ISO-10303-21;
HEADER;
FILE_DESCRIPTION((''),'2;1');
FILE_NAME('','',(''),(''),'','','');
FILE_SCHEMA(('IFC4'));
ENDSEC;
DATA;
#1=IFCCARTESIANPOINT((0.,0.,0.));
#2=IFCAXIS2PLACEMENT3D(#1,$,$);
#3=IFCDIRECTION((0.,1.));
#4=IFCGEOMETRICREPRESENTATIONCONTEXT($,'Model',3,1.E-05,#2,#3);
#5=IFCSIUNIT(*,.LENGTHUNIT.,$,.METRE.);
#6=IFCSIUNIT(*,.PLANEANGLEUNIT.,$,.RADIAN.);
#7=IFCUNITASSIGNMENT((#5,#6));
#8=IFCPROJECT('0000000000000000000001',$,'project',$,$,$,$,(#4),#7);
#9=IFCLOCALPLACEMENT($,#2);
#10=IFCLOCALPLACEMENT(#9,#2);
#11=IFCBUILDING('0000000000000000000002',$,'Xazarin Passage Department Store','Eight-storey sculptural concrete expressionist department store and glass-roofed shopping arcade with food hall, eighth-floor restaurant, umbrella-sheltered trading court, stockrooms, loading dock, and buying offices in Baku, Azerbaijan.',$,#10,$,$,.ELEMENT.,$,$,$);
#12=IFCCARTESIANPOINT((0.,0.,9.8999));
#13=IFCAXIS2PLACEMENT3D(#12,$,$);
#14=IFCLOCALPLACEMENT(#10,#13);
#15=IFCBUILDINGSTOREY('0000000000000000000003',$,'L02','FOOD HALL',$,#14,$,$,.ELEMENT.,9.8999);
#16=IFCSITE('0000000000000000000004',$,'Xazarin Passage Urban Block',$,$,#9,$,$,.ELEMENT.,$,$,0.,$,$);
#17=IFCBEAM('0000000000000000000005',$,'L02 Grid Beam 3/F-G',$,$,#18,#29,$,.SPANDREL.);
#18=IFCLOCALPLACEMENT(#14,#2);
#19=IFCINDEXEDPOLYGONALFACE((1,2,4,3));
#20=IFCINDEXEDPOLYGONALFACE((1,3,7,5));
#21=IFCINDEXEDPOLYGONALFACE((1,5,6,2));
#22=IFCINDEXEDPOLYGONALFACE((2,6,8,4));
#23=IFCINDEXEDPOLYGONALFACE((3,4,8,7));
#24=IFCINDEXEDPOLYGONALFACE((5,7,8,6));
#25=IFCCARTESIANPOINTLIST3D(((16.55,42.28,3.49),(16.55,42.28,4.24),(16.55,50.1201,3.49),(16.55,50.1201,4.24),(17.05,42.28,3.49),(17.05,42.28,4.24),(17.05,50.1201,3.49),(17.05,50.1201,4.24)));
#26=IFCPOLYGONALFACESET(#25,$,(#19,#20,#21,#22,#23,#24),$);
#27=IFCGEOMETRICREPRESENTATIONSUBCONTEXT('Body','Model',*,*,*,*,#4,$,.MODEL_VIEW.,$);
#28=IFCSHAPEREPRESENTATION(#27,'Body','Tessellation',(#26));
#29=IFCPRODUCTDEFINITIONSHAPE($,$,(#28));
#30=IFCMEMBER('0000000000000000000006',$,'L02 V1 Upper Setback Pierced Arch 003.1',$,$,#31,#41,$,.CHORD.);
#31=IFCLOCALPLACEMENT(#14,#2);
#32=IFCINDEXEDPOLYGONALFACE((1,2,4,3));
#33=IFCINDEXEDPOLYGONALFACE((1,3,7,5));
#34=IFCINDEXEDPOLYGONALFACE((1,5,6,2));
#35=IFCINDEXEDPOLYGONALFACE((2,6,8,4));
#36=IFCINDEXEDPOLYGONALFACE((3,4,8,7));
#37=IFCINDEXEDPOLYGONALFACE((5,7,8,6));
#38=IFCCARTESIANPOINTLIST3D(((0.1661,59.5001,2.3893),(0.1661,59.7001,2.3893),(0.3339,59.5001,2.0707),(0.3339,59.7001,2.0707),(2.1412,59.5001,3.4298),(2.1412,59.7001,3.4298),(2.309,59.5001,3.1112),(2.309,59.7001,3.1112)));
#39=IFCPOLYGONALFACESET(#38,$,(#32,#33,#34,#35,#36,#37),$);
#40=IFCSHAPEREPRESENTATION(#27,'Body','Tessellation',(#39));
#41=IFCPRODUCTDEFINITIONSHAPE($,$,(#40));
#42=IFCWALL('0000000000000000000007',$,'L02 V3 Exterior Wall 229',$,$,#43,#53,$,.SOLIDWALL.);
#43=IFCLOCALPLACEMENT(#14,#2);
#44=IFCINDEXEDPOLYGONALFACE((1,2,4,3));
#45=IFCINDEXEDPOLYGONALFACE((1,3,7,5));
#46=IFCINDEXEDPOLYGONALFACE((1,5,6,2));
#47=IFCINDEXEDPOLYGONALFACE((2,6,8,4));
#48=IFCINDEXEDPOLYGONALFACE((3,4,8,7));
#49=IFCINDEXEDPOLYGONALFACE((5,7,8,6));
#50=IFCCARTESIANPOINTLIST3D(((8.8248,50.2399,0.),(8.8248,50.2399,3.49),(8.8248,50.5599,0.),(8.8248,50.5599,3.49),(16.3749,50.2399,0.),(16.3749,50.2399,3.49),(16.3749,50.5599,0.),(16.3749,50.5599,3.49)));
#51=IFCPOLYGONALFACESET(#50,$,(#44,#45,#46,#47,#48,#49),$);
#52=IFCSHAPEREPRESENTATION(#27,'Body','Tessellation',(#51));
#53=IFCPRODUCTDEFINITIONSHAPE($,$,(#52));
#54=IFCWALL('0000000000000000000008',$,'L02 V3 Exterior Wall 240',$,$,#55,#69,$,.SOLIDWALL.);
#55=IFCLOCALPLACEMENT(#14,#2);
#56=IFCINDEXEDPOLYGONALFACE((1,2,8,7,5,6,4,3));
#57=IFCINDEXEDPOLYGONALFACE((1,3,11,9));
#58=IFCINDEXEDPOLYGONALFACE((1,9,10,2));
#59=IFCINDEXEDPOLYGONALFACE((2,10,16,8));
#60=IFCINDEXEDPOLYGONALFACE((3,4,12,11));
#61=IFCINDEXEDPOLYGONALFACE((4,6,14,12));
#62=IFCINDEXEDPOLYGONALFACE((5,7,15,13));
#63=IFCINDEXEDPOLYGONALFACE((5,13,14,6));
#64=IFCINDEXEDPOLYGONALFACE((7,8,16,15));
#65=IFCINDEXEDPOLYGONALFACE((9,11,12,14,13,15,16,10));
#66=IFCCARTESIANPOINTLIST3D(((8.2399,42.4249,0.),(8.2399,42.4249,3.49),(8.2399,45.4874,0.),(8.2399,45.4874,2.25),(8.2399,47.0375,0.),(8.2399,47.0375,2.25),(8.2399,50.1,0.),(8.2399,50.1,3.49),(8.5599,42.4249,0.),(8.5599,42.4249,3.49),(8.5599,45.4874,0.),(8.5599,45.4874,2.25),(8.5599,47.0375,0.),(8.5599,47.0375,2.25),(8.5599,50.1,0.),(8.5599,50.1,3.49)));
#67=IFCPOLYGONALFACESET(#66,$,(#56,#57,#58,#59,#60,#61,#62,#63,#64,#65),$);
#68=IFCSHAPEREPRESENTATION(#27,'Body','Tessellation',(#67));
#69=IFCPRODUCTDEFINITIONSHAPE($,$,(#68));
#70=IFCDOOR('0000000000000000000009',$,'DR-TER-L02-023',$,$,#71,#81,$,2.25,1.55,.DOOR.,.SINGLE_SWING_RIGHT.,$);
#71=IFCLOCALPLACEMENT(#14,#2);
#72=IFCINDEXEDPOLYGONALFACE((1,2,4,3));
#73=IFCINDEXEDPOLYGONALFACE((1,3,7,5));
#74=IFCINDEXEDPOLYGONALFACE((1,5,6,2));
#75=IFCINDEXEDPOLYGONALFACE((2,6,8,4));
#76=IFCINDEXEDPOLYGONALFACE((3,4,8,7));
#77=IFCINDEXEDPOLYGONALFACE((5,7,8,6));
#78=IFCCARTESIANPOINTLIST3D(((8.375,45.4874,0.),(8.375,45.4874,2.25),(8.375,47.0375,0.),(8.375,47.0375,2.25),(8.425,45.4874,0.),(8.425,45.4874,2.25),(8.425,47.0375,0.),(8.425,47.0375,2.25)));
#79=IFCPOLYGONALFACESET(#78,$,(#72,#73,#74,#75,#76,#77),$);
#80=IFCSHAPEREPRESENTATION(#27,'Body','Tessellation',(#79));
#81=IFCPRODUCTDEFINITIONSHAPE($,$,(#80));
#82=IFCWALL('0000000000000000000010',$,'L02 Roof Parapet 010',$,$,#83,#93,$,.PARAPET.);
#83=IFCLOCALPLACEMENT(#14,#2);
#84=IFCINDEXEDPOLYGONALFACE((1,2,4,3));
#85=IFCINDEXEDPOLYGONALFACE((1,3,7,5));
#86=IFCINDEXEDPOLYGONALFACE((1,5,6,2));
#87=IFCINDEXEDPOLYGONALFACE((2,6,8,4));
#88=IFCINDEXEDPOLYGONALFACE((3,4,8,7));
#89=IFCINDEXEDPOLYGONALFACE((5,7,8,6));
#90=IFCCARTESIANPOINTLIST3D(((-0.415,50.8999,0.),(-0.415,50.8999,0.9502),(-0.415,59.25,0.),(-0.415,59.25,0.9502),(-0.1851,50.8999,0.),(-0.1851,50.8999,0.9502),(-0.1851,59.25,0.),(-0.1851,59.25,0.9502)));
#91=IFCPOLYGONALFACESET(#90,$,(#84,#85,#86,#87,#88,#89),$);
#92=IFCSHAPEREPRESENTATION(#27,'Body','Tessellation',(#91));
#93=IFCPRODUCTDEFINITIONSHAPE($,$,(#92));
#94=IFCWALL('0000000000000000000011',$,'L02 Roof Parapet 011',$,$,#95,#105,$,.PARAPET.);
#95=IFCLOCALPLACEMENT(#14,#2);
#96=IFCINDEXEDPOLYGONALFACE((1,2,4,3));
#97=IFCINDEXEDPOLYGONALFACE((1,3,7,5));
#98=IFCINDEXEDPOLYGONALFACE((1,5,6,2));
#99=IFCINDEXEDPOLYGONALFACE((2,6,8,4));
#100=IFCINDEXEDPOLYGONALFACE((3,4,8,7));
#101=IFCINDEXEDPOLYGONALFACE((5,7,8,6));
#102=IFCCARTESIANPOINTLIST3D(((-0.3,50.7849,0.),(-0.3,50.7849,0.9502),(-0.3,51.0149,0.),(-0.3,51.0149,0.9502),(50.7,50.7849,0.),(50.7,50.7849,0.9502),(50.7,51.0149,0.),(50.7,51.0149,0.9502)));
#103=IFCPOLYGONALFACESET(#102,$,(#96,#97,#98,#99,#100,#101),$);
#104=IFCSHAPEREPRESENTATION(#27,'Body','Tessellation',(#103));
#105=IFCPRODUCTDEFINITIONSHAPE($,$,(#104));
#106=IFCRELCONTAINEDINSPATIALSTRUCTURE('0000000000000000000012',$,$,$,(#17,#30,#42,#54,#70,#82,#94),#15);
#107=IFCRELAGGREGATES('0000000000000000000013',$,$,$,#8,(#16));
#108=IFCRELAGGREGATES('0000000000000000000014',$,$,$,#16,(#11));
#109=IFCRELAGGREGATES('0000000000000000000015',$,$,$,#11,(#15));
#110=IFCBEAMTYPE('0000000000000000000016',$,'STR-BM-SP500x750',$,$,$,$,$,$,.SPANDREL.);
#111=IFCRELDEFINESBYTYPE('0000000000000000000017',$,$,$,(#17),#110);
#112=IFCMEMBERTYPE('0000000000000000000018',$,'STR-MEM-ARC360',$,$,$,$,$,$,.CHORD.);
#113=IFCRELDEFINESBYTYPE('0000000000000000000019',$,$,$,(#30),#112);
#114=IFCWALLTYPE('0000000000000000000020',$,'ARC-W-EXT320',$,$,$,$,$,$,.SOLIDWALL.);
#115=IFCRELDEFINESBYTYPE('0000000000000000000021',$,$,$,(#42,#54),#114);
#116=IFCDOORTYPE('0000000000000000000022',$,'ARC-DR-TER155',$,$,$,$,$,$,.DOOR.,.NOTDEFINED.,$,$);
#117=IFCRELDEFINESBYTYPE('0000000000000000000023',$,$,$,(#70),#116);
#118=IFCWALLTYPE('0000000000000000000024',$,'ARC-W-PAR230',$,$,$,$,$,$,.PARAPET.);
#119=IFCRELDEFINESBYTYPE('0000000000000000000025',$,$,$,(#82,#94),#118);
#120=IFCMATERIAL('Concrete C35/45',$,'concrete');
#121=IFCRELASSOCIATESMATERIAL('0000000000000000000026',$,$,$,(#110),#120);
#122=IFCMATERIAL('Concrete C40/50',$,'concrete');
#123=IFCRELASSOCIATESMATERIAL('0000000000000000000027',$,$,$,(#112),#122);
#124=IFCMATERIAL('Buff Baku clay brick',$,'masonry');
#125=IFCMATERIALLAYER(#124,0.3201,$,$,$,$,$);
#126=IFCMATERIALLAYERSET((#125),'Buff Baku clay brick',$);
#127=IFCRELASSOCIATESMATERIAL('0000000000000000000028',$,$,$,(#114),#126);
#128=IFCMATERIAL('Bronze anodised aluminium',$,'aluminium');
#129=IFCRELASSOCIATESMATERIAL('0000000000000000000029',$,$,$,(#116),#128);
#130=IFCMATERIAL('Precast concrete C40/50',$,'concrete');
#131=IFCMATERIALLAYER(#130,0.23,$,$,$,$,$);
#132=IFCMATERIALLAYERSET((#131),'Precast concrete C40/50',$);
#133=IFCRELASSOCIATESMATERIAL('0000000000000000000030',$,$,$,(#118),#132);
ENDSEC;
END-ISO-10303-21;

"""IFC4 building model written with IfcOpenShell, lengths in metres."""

from ifc_helpers import new_model, si_unit, direction, frame, frame_2d, origin, origin_2d, place, context, subcontext, project, spatial, rectangle, extrude, material, layer, layer_set, material_profile, profile_set, type_object, element, fill, save


model = new_model("IFC4")

# Units and contexts
model_context = context("Model", 3, precision=1e-05, world=origin(), true_north=direction((0.0, 1.0)))
body_context = subcontext(model_context, "Body", "Model", "MODEL_VIEW")
ifc_project = project(units=[si_unit("LENGTHUNIT", "METRE"), si_unit("PLANEANGLEUNIT", "RADIAN")], contexts=[model_context])

# Site, building, storey
site_placement = place(None, origin())
site = spatial("IfcSite", under=ifc_project, at=site_placement, Name="Xazarin Passage Urban Block", CompositionType="ELEMENT", RefElevation=0.0)
building_placement = place(site_placement, origin())
building = spatial("IfcBuilding", under=site, at=building_placement, Name="Xazarin Passage Department Store", Description="Eight-storey sculptural concrete expressionist department store and glass-roofed shopping arcade with food hall, eighth-floor restaurant, umbrella-sheltered trading court, stockrooms, loading dock, and buying offices in Baku, Azerbaijan.", CompositionType="ELEMENT")
storey_placement = place(building_placement, frame((0.0, 0.0, 9.8999)))
storey = spatial("IfcBuildingStorey", under=building, at=storey_placement, Name="L02", Description="FOOD HALL", CompositionType="ELEMENT", Elevation=9.8999)

# Shared definitions
ifc_material_1 = material(Name="Concrete C40/50", Category="concrete")

# Shared definitions
ifc_material_2 = material(Name="Bronze anodised aluminium", Category="aluminium")

# Beam
ifc_material_3 = material(Name="Concrete C35/45", Category="concrete")
ifc_material_profile_1 = material_profile(ifc_material_3, rectangle(XDim=0.5, YDim=0.75, at=origin_2d()), Name="RC 500x750")
ifc_profile_set_1 = profile_set([ifc_material_profile_1], Name="Concrete C35/45")
beam_type = type_object("IfcBeamType", Name="STR-BM-SP500x750", PredefinedType="SPANDREL", material=ifc_profile_set_1)
for number, where, z_axis, x_axis, name in (
    (1, (16.8, 42.28, 3.865), (0.0, 1.0, 0.0), (-1.0, 0.0, 0.0), "L02 Grid Beam 3/F-G"),
):
    element("IfcBeam", number, at=place(storey_placement, frame(where, z_axis=z_axis, x_axis=x_axis)), inside=storey, type_object=beam_type, Name=name, PredefinedType="SPANDREL", context=body_context, shape_type="SweptSolid", body=[
        extrude(rectangle(XDim=0.5, YDim=0.75, at=origin_2d()), origin(), (0.0, 0.0, 1.0), 7.8401),
    ])

# Member
ifc_material_profile_2 = material_profile(ifc_material_1, rectangle(XDim=0.2, YDim=0.3601, at=origin_2d()), Name="RC 200x360")
ifc_profile_set_2 = profile_set([ifc_material_profile_2], Name="Concrete C40/50")
member_type_1 = type_object("IfcMemberType", Name="STR-MEM-ARC360", PredefinedType="CHORD", material=ifc_profile_set_2)
member_1_placement = place(storey_placement, frame((0.25, 59.6001, 2.23), z_axis=(0.884733, 0.0, 0.466098), x_axis=(0.0, 1.0, 0.0)))
element("IfcMember", 2, at=member_1_placement, inside=storey, type_object=member_type_1, Name="L02 V1 Upper Setback Pierced Arch 003.1", PredefinedType="CHORD", context=body_context, shape_type="SweptSolid", body=[
    extrude(rectangle(XDim=0.2, YDim=0.3601, at=origin_2d()), origin(), (0.0, 0.0, 1.0), 2.2324),
])

# Wall
ifc_material_4 = material(Name="Buff Baku clay brick", Category="masonry")
ifc_layer_1 = layer(ifc_material_4, 0.3201)
ifc_layer_set_1 = layer_set([ifc_layer_1], Name="Buff Baku clay brick")
wall_type_1 = type_object("IfcWallType", Name="ARC-W-EXT320", PredefinedType="SOLIDWALL", material=ifc_layer_set_1)
wall_1_placement = place(storey_placement, frame((8.825, 50.3999, 0.0), z_axis=(0.0, 0.0, 1.0), x_axis=(1.0, 0.0, 0.0)))
element("IfcWall", 3, at=wall_1_placement, inside=storey, type_object=wall_type_1, Name="L02 V3 Exterior Wall 229", PredefinedType="SOLIDWALL", context=body_context, shape_type="SweptSolid", body=[
    extrude(rectangle(XDim=7.55, YDim=0.3201, at=frame_2d((3.7749, 0.0))), origin(), (0.0, 0.0, 1.0), 3.49),
])

# Wall, opening, door
wall_2_placement = place(storey_placement, frame((8.3999, 42.425, 0.0), z_axis=(0.0, 0.0, 1.0), x_axis=(0.0, 1.0, 0.0)))
wall_2 = element("IfcWall", 4, at=wall_2_placement, inside=storey, type_object=wall_type_1, Name="L02 V3 Exterior Wall 240", PredefinedType="SOLIDWALL", context=body_context, shape_type="SweptSolid", body=[
    extrude(rectangle(XDim=7.675, YDim=0.3201, at=frame_2d((3.8374, 0.0))), origin(), (0.0, 0.0, 1.0), 3.49),
])
opening_placement = place(wall_2_placement, frame((3.0625, 0.0, 0.0)))
opening = element("IfcOpeningElement", 5, at=opening_placement, cuts=wall_2, PredefinedType="OPENING", context=body_context, shape_type="SweptSolid", body=[
    extrude(rectangle(XDim=1.55, YDim=2.25, at=frame_2d((0.7749, 1.125))), frame((0.0, 0.1699, 0.0), z_axis=(0.0, -1.0, 0.0), x_axis=(1.0, 0.0, 0.0)), (0.0, 0.0, 1.0), 0.3401),
])
door_type = type_object("IfcDoorType", Name="ARC-DR-TER155", OperationType="NOTDEFINED", PredefinedType="DOOR", material=ifc_material_2)
door_placement = place(opening_placement, origin())
door = element("IfcDoor", 6, at=door_placement, inside=storey, type_object=door_type, Name="DR-TER-L02-023", OperationType="SINGLE_SWING_RIGHT", OverallHeight=2.25, OverallWidth=1.55, PredefinedType="DOOR", context=body_context, shape_type="SweptSolid", body=[
    extrude(rectangle(XDim=1.55, YDim=2.25, at=frame_2d((0.7749, 1.125))), frame((0.0, 0.0249, 0.0), z_axis=(0.0, -1.0, 0.0), x_axis=(1.0, 0.0, 0.0)), (0.0, 0.0, 1.0), 0.05),
])
fill(opening, door)

# Walls
ifc_material_5 = material(Name="Precast concrete C40/50", Category="concrete")
ifc_layer_2 = layer(ifc_material_5, 0.23)
ifc_layer_set_2 = layer_set([ifc_layer_2], Name="Precast concrete C40/50")
wall_type_2 = type_object("IfcWallType", Name="ARC-W-PAR230", PredefinedType="PARAPET", material=ifc_layer_set_2)
wall_3_placement = place(storey_placement, frame((-0.3, 59.25, 0.0), z_axis=(0.0, 0.0, 1.0), x_axis=(0.0, -1.0, 0.0)))
element("IfcWall", 7, at=wall_3_placement, inside=storey, type_object=wall_type_2, Name="L02 Roof Parapet 010", PredefinedType="PARAPET", context=body_context, shape_type="SweptSolid", body=[
    extrude(rectangle(XDim=8.3501, YDim=0.23, at=frame_2d((4.175, 0.0))), origin(), (0.0, 0.0, 1.0), 0.9502),
])
wall_4_placement = place(storey_placement, frame((-0.3, 50.8999, 0.0), z_axis=(0.0, 0.0, 1.0), x_axis=(1.0, 0.0, 0.0)))
element("IfcWall", 8, at=wall_4_placement, inside=storey, type_object=wall_type_2, Name="L02 Roof Parapet 011", PredefinedType="PARAPET", context=body_context, shape_type="SweptSolid", body=[
    extrude(rectangle(XDim=51.0, YDim=0.23, at=frame_2d((25.5, 0.0))), origin(), (0.0, 0.0, 1.0), 0.9502),
])

save(model, "model.ifc")
